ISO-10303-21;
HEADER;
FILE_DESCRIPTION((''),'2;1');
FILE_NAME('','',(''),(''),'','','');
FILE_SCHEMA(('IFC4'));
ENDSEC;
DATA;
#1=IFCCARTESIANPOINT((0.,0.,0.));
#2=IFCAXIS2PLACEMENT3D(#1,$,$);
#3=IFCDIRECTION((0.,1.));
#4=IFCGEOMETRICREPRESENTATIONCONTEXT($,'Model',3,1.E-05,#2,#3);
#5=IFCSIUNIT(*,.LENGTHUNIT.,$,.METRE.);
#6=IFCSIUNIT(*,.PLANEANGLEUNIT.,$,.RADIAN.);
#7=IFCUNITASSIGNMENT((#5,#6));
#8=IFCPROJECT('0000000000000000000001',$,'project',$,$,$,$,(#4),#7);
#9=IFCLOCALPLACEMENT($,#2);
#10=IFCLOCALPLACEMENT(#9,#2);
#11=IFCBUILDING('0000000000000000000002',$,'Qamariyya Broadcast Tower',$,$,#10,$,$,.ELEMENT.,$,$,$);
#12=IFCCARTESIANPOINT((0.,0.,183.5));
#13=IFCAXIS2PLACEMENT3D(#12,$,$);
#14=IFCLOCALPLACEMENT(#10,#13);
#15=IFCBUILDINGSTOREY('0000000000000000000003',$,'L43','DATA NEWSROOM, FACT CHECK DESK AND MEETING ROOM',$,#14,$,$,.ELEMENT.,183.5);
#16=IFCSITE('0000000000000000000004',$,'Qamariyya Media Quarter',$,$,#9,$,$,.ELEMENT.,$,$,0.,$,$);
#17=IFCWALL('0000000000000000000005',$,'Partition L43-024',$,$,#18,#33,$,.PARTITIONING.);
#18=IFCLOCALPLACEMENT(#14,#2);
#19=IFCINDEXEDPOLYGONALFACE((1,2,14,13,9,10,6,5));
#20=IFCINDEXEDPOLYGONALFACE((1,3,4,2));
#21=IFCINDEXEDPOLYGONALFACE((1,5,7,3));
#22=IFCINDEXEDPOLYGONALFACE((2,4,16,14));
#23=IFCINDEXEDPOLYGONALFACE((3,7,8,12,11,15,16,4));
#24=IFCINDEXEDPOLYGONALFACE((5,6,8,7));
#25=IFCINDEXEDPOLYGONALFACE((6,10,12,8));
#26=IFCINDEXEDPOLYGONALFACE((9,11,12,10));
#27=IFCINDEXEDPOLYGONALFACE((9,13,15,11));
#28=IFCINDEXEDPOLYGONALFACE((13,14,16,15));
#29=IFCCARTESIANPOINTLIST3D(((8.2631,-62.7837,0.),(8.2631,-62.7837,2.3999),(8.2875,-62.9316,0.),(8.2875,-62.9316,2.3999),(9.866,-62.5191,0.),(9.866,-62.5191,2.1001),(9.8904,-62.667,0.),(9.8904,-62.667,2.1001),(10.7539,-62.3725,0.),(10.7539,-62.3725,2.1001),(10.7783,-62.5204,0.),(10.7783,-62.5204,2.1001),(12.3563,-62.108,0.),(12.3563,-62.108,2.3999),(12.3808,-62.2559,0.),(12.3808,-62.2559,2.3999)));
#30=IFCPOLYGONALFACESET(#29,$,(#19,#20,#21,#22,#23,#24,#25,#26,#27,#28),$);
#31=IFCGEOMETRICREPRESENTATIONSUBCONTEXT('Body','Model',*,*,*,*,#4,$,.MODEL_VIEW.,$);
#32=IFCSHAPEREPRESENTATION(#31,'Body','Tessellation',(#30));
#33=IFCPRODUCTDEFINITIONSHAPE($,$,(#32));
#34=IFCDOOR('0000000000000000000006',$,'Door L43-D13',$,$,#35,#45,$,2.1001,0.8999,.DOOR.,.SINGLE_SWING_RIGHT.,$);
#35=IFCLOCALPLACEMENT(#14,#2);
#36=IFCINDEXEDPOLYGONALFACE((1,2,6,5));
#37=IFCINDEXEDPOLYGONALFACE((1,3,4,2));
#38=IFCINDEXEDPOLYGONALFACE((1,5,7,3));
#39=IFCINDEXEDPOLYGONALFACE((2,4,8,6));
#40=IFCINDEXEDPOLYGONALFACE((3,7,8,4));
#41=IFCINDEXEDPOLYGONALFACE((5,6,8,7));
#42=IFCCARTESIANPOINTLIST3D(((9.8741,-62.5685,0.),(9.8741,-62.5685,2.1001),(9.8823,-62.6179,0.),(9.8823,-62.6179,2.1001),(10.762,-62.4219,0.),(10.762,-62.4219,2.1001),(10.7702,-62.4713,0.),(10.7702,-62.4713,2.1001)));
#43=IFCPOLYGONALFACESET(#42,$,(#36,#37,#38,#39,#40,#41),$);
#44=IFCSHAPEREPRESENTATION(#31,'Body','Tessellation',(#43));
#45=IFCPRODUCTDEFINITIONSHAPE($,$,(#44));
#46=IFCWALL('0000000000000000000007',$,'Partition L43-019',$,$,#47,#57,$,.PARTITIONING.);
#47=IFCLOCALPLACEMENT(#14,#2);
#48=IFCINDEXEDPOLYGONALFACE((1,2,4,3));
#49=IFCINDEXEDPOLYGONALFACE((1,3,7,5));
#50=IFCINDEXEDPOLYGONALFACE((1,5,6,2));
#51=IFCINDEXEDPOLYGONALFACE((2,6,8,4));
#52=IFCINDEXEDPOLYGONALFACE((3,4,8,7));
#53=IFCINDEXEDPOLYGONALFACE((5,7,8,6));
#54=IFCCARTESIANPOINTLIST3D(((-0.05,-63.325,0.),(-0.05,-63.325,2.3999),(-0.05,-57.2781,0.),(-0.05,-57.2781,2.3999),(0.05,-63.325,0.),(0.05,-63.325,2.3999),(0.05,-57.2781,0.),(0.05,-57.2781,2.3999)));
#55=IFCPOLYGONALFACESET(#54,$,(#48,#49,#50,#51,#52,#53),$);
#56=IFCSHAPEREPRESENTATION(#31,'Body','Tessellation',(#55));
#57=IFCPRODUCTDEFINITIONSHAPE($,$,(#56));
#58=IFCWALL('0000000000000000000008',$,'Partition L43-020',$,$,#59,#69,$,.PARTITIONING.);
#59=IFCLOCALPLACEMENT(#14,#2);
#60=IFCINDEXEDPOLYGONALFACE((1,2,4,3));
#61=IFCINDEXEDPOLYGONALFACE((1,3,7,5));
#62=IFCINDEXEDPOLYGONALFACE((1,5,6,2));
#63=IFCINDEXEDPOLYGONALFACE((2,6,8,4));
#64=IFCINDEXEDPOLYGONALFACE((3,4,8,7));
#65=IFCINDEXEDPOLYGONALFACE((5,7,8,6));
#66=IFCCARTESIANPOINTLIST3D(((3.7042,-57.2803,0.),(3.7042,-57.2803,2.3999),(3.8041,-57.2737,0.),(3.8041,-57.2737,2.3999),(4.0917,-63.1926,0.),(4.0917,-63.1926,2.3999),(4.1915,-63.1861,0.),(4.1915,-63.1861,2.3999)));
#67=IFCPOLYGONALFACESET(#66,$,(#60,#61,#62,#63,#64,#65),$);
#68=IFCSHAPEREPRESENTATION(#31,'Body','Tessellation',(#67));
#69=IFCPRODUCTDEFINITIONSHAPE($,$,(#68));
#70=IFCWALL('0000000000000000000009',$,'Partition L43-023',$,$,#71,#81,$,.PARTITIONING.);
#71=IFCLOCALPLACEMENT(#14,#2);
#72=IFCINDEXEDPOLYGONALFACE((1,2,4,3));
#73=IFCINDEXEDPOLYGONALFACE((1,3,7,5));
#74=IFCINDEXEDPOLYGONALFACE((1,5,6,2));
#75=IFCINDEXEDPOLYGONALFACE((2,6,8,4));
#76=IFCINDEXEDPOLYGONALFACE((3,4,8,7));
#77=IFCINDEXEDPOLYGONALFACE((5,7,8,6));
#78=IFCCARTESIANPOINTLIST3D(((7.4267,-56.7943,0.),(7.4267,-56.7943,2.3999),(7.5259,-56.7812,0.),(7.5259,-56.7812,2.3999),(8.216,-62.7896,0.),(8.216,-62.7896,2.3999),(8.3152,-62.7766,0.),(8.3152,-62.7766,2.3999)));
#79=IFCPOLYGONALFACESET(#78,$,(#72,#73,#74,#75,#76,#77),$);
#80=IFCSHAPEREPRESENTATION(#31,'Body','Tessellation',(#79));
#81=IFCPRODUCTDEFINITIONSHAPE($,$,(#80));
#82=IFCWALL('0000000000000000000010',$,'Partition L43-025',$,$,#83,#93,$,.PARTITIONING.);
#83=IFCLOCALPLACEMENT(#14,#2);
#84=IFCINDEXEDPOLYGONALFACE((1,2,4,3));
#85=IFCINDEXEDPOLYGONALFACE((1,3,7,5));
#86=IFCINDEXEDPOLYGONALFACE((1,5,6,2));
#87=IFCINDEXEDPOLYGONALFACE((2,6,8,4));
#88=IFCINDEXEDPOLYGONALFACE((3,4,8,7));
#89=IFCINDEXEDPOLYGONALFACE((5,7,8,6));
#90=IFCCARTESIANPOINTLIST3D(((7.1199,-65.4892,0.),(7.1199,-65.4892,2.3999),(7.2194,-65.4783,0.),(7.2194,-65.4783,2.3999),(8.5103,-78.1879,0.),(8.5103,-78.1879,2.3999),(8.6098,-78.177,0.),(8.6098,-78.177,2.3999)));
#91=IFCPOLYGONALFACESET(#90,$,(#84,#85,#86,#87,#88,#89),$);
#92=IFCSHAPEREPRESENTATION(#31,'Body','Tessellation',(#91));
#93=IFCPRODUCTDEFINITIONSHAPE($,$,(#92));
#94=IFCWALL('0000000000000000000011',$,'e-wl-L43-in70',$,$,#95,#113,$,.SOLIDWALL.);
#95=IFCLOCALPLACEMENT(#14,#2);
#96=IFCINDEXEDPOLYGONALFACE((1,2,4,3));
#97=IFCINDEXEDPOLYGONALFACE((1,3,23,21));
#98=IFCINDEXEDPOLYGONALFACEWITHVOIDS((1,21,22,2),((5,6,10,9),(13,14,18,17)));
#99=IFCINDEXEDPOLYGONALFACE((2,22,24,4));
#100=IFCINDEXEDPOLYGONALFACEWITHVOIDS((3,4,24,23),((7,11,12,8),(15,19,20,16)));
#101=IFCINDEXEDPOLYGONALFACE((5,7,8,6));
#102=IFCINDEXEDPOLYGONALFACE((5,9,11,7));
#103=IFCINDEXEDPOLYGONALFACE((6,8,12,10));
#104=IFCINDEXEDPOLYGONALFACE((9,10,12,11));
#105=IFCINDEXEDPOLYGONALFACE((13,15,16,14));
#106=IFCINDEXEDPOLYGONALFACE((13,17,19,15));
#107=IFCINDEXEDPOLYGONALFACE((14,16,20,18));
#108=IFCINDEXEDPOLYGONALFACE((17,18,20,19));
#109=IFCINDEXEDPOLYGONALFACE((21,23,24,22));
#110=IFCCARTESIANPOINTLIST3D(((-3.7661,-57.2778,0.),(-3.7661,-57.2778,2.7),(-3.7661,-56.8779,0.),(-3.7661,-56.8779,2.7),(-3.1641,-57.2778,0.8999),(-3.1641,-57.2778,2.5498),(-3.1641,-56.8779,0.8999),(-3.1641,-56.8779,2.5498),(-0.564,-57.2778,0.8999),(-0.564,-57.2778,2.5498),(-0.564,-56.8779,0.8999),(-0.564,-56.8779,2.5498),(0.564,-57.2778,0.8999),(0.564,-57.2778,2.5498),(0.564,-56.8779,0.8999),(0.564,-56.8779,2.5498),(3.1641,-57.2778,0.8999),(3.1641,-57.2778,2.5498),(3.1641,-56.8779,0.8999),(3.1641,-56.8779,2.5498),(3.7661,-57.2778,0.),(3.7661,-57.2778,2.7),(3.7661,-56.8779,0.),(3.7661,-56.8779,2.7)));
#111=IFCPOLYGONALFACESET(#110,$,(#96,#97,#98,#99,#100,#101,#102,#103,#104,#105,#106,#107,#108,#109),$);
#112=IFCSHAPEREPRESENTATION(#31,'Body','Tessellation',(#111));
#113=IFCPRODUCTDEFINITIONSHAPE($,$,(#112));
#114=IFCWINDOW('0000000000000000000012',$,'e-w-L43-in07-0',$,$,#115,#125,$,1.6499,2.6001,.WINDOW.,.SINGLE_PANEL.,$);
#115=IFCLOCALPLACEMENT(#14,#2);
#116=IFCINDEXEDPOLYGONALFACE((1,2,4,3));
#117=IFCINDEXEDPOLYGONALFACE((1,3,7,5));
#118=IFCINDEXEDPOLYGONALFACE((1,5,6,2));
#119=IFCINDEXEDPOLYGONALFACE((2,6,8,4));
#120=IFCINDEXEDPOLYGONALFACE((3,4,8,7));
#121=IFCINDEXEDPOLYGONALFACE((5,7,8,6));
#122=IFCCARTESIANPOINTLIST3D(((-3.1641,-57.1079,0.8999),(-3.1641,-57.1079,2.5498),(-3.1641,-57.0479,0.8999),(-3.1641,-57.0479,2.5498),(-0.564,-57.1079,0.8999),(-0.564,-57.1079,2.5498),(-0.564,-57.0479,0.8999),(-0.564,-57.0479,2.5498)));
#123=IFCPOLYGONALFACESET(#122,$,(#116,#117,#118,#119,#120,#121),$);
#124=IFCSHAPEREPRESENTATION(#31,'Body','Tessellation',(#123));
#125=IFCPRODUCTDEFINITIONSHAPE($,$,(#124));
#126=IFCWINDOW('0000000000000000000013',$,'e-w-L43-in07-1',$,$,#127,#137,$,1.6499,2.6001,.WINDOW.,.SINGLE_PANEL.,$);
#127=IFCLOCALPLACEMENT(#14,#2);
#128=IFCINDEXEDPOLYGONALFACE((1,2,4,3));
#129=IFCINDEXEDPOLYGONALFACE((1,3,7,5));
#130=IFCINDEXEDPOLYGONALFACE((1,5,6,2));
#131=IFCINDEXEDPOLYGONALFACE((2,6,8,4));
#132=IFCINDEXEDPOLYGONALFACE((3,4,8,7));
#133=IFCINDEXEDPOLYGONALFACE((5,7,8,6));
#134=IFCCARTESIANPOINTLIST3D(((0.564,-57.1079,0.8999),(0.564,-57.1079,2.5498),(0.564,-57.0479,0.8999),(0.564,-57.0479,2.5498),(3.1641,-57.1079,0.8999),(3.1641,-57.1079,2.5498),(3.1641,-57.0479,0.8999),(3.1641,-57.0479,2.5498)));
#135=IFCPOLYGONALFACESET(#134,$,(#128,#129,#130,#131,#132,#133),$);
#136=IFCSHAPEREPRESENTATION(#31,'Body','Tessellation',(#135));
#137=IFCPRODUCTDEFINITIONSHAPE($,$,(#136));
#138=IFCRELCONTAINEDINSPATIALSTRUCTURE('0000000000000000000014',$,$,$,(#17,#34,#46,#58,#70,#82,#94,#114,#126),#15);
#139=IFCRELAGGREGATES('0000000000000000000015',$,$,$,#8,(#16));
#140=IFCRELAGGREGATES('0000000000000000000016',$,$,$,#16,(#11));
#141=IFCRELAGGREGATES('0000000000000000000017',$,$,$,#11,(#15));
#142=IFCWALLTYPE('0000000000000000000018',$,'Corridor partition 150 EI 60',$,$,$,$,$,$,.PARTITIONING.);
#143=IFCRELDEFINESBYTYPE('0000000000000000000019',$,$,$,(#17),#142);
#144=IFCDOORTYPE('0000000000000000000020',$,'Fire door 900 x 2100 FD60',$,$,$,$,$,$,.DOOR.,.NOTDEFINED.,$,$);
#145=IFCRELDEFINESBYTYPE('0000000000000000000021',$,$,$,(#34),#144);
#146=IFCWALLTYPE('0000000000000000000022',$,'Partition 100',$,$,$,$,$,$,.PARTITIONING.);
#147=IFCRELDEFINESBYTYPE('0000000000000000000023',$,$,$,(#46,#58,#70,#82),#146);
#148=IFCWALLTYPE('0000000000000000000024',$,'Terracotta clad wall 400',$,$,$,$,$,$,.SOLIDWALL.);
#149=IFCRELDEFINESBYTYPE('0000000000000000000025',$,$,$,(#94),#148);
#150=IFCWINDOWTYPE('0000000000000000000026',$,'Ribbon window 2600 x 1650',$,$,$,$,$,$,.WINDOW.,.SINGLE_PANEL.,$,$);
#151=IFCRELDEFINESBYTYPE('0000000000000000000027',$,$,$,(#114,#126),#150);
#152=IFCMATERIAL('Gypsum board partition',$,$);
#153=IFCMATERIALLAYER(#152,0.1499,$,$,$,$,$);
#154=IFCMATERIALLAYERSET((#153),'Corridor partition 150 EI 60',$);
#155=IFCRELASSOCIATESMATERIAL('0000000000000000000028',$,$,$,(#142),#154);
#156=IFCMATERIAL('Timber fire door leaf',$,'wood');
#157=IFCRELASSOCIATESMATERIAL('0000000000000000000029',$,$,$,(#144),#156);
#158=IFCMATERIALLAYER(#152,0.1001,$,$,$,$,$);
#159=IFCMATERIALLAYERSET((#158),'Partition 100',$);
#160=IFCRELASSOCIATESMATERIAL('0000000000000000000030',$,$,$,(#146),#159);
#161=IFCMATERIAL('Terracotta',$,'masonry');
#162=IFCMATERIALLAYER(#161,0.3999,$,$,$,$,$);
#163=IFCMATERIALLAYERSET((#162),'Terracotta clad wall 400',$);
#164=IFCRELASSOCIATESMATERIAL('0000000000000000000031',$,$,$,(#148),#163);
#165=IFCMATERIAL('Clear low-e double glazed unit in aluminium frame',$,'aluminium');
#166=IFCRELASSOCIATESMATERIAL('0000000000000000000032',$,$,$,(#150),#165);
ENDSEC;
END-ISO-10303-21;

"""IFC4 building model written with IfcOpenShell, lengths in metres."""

from ifc_helpers import new_model, si_unit, direction, frame, frame_2d, origin, place, context, subcontext, project, spatial, rectangle, extrude, material, layer, layer_set, type_object, element, fill, save


model = new_model("IFC4")

# Units and contexts
model_context = context("Model", 3, precision=1e-05, world=origin(), true_north=direction((0.0, 1.0)))
body_context = subcontext(model_context, "Body", "Model", "MODEL_VIEW")
ifc_project = project(units=[si_unit("LENGTHUNIT", "METRE"), si_unit("PLANEANGLEUNIT", "RADIAN")], contexts=[model_context])

# Site, building, storey
site_placement = place(None, origin())
site = spatial("IfcSite", under=ifc_project, at=site_placement, Name="Qamariyya Media Quarter", CompositionType="ELEMENT", RefElevation=0.0)
building_placement = place(site_placement, origin())
building = spatial("IfcBuilding", under=site, at=building_placement, Name="Qamariyya Broadcast Tower", CompositionType="ELEMENT")
storey_placement = place(building_placement, frame((0.0, 0.0, 183.5)))
storey = spatial("IfcBuildingStorey", under=building, at=storey_placement, Name="L43", Description="DATA NEWSROOM, FACT CHECK DESK AND MEETING ROOM", CompositionType="ELEMENT", Elevation=183.5)

# Wall, opening, door
ifc_material_1 = material(Name="Gypsum board partition")
ifc_layer_1 = layer(ifc_material_1, 0.1499)
ifc_layer_set_1 = layer_set([ifc_layer_1], Name="Corridor partition 150 EI 60")
wall_type_1 = type_object("IfcWallType", Name="Corridor partition 150 EI 60", PredefinedType="PARTITIONING", material=ifc_layer_set_1)
ifc_material_2 = material(Name="Timber fire door leaf", Category="wood")
door_type_1 = type_object("IfcDoorType", Name="Fire door 900 x 2100 FD60", OperationType="NOTDEFINED", PredefinedType="DOOR", material=ifc_material_2)
wall_1_placement = place(storey_placement, frame((8.2754, -62.8577, 0.0), z_axis=(0.0, 0.0, 1.0), x_axis=(0.986644, 0.162891, 0.0)))
wall_1 = element("IfcWall", 1, at=wall_1_placement, inside=storey, type_object=wall_type_1, Name="Partition L43-024", PredefinedType="PARTITIONING", context=body_context, shape_type="SweptSolid", body=[
    extrude(rectangle(XDim=4.1487, YDim=0.1499, at=frame_2d((2.0742, 0.0))), origin(), (0.0, 0.0, 1.0), 2.3999),
])
opening_1_placement = place(wall_1_placement, frame((1.6245, 0.0, 0.0)))
opening_1 = element("IfcOpeningElement", 2, at=opening_1_placement, cuts=wall_1, PredefinedType="OPENING", context=body_context, shape_type="SweptSolid", body=[
    extrude(rectangle(XDim=0.8999, YDim=2.1001, at=frame_2d((0.45, 1.05))), frame((0.0, 0.085, 0.0), z_axis=(0.0, -1.0, 0.0), x_axis=(1.0, 0.0, 0.0)), (0.0, 0.0, 1.0), 0.1699),
])
door_1_placement = place(opening_1_placement, origin())
door_1 = element("IfcDoor", 3, at=door_1_placement, inside=storey, type_object=door_type_1, Name="Door L43-D13", OperationType="SINGLE_SWING_RIGHT", OverallHeight=2.1001, OverallWidth=0.8999, PredefinedType="DOOR", context=body_context, shape_type="SweptSolid", body=[
    extrude(rectangle(XDim=0.8999, YDim=2.1001, at=frame_2d((0.45, 1.05))), frame((0.0, 0.0249, 0.0), z_axis=(0.0, -1.0, 0.0), x_axis=(1.0, 0.0, 0.0)), (0.0, 0.0, 1.0), 0.05),
])
fill(opening_1, door_1)

# Walls
ifc_layer_2 = layer(ifc_material_1, 0.1001)
ifc_layer_set_2 = layer_set([ifc_layer_2], Name="Partition 100")
wall_type_2 = type_object("IfcWallType", Name="Partition 100", PredefinedType="PARTITIONING", material=ifc_layer_set_2)
wall_2_placement = place(storey_placement, frame((0.0, -57.2781, 0.0), z_axis=(0.0, 0.0, 1.0), x_axis=(0.0, -1.0, 0.0)))
element("IfcWall", 4, at=wall_2_placement, inside=storey, type_object=wall_type_2, Name="Partition L43-019", PredefinedType="PARTITIONING", context=body_context, shape_type="SweptSolid", body=[
    extrude(rectangle(XDim=6.0469, YDim=0.1001, at=frame_2d((3.0234, 0.0))), origin(), (0.0, 0.0, 1.0), 2.3999),
])
wall_3_placement = place(storey_placement, frame((3.7542, -57.2771, 0.0), z_axis=(0.0, 0.0, 1.0), x_axis=(0.065392, -0.99786, 0.0)))
element("IfcWall", 5, at=wall_3_placement, inside=storey, type_object=wall_type_2, Name="Partition L43-020", PredefinedType="PARTITIONING", context=body_context, shape_type="SweptSolid", body=[
    extrude(rectangle(XDim=5.925, YDim=0.1001, at=frame_2d((2.9624, 0.0))), origin(), (0.0, 0.0, 1.0), 2.3999),
])
wall_4_placement = place(storey_placement, frame((7.4763, -56.7878, 0.0), z_axis=(0.0, 0.0, 1.0), x_axis=(0.130527, -0.991445, 0.0)))
element("IfcWall", 6, at=wall_4_placement, inside=storey, type_object=wall_type_2, Name="Partition L43-023", PredefinedType="PARTITIONING", context=body_context, shape_type="SweptSolid", body=[
    extrude(rectangle(XDim=6.0471, YDim=0.1001, at=frame_2d((3.0234, 0.0))), origin(), (0.0, 0.0, 1.0), 2.3999),
])
wall_5_placement = place(storey_placement, frame((8.5601, -78.1824, 0.0), z_axis=(0.0, 0.0, 1.0), x_axis=(-0.108839, 0.994059, 0.0)))
element("IfcWall", 7, at=wall_5_placement, inside=storey, type_object=wall_type_2, Name="Partition L43-025", PredefinedType="PARTITIONING", context=body_context, shape_type="SweptSolid", body=[
    extrude(rectangle(XDim=12.7747, YDim=0.1001, at=frame_2d((6.3872, 0.0))), origin(), (0.0, 0.0, 1.0), 2.3999),
])

# Wall, openings, windows
ifc_material_3 = material(Name="Terracotta", Category="masonry")
ifc_layer_3 = layer(ifc_material_3, 0.3999)
ifc_layer_set_3 = layer_set([ifc_layer_3], Name="Terracotta clad wall 400")
wall_type_3 = type_object("IfcWallType", Name="Terracotta clad wall 400", PredefinedType="SOLIDWALL", material=ifc_layer_set_3)
wall_6_placement = place(storey_placement, frame((3.7661, -57.0779, 0.0), z_axis=(0.0, 0.0, 1.0), x_axis=(-1.0, 0.0, 0.0)))
wall_6 = element("IfcWall", 8, at=wall_6_placement, inside=storey, type_object=wall_type_3, Name="e-wl-L43-in70", PredefinedType="SOLIDWALL", context=body_context, shape_type="SweptSolid", body=[
    extrude(rectangle(XDim=7.5322, YDim=0.3999, at=frame_2d((3.7661, 0.0))), origin(), (0.0, 0.0, 1.0), 2.7),
])
opening_2_placement = place(wall_6_placement, frame((4.3301, 0.0, 0.8999)))
opening_2 = element("IfcOpeningElement", 9, at=opening_2_placement, cuts=wall_6, PredefinedType="OPENING", context=body_context, shape_type="SweptSolid", body=[
    extrude(rectangle(XDim=2.6001, YDim=1.6499, at=frame_2d((1.3, 0.825))), frame((0.0, 0.21, 0.0), z_axis=(0.0, -1.0, 0.0), x_axis=(1.0, 0.0, 0.0)), (0.0, 0.0, 1.0), 0.4199),
])
opening_3_placement = place(wall_6_placement, frame((0.6021, 0.0, 0.8999)))
opening_3 = element("IfcOpeningElement", 10, at=opening_3_placement, cuts=wall_6, PredefinedType="OPENING", context=body_context, shape_type="SweptSolid", body=[
    extrude(rectangle(XDim=2.6001, YDim=1.6499, at=frame_2d((1.3, 0.825))), frame((0.0, 0.21, 0.0), z_axis=(0.0, -1.0, 0.0), x_axis=(1.0, 0.0, 0.0)), (0.0, 0.0, 1.0), 0.4199),
])
ifc_material_4 = material(Name="Clear low-e double glazed unit in aluminium frame", Category="aluminium")
window_type = type_object("IfcWindowType", Name="Ribbon window 2600 x 1650", PartitioningType="SINGLE_PANEL", PredefinedType="WINDOW", material=ifc_material_4)
window_1_placement = place(opening_2_placement, origin())
window_1 = element("IfcWindow", 11, at=window_1_placement, inside=storey, type_object=window_type, Name="e-w-L43-in07-0", OverallHeight=1.6499, OverallWidth=2.6001, PartitioningType="SINGLE_PANEL", PredefinedType="WINDOW", context=body_context, shape_type="SweptSolid", body=[
    extrude(rectangle(XDim=2.6001, YDim=1.6499, at=frame_2d((1.3, 0.825))), frame((0.0, 0.03, 0.0), z_axis=(0.0, -1.0, 0.0), x_axis=(1.0, 0.0, 0.0)), (0.0, 0.0, 1.0), 0.0601),
])
fill(opening_2, window_1)
window_2_placement = place(opening_3_placement, origin())
window_2 = element("IfcWindow", 12, at=window_2_placement, inside=storey, type_object=window_type, Name="e-w-L43-in07-1", OverallHeight=1.6499, OverallWidth=2.6001, PartitioningType="SINGLE_PANEL", PredefinedType="WINDOW", context=body_context, shape_type="SweptSolid", body=[
    extrude(rectangle(XDim=2.6001, YDim=1.6499, at=frame_2d((1.3, 0.825))), frame((0.0, 0.03, 0.0), z_axis=(0.0, -1.0, 0.0), x_axis=(1.0, 0.0, 0.0)), (0.0, 0.0, 1.0), 0.0601),
])
fill(opening_3, window_2)

save(model, "model.ifc")
